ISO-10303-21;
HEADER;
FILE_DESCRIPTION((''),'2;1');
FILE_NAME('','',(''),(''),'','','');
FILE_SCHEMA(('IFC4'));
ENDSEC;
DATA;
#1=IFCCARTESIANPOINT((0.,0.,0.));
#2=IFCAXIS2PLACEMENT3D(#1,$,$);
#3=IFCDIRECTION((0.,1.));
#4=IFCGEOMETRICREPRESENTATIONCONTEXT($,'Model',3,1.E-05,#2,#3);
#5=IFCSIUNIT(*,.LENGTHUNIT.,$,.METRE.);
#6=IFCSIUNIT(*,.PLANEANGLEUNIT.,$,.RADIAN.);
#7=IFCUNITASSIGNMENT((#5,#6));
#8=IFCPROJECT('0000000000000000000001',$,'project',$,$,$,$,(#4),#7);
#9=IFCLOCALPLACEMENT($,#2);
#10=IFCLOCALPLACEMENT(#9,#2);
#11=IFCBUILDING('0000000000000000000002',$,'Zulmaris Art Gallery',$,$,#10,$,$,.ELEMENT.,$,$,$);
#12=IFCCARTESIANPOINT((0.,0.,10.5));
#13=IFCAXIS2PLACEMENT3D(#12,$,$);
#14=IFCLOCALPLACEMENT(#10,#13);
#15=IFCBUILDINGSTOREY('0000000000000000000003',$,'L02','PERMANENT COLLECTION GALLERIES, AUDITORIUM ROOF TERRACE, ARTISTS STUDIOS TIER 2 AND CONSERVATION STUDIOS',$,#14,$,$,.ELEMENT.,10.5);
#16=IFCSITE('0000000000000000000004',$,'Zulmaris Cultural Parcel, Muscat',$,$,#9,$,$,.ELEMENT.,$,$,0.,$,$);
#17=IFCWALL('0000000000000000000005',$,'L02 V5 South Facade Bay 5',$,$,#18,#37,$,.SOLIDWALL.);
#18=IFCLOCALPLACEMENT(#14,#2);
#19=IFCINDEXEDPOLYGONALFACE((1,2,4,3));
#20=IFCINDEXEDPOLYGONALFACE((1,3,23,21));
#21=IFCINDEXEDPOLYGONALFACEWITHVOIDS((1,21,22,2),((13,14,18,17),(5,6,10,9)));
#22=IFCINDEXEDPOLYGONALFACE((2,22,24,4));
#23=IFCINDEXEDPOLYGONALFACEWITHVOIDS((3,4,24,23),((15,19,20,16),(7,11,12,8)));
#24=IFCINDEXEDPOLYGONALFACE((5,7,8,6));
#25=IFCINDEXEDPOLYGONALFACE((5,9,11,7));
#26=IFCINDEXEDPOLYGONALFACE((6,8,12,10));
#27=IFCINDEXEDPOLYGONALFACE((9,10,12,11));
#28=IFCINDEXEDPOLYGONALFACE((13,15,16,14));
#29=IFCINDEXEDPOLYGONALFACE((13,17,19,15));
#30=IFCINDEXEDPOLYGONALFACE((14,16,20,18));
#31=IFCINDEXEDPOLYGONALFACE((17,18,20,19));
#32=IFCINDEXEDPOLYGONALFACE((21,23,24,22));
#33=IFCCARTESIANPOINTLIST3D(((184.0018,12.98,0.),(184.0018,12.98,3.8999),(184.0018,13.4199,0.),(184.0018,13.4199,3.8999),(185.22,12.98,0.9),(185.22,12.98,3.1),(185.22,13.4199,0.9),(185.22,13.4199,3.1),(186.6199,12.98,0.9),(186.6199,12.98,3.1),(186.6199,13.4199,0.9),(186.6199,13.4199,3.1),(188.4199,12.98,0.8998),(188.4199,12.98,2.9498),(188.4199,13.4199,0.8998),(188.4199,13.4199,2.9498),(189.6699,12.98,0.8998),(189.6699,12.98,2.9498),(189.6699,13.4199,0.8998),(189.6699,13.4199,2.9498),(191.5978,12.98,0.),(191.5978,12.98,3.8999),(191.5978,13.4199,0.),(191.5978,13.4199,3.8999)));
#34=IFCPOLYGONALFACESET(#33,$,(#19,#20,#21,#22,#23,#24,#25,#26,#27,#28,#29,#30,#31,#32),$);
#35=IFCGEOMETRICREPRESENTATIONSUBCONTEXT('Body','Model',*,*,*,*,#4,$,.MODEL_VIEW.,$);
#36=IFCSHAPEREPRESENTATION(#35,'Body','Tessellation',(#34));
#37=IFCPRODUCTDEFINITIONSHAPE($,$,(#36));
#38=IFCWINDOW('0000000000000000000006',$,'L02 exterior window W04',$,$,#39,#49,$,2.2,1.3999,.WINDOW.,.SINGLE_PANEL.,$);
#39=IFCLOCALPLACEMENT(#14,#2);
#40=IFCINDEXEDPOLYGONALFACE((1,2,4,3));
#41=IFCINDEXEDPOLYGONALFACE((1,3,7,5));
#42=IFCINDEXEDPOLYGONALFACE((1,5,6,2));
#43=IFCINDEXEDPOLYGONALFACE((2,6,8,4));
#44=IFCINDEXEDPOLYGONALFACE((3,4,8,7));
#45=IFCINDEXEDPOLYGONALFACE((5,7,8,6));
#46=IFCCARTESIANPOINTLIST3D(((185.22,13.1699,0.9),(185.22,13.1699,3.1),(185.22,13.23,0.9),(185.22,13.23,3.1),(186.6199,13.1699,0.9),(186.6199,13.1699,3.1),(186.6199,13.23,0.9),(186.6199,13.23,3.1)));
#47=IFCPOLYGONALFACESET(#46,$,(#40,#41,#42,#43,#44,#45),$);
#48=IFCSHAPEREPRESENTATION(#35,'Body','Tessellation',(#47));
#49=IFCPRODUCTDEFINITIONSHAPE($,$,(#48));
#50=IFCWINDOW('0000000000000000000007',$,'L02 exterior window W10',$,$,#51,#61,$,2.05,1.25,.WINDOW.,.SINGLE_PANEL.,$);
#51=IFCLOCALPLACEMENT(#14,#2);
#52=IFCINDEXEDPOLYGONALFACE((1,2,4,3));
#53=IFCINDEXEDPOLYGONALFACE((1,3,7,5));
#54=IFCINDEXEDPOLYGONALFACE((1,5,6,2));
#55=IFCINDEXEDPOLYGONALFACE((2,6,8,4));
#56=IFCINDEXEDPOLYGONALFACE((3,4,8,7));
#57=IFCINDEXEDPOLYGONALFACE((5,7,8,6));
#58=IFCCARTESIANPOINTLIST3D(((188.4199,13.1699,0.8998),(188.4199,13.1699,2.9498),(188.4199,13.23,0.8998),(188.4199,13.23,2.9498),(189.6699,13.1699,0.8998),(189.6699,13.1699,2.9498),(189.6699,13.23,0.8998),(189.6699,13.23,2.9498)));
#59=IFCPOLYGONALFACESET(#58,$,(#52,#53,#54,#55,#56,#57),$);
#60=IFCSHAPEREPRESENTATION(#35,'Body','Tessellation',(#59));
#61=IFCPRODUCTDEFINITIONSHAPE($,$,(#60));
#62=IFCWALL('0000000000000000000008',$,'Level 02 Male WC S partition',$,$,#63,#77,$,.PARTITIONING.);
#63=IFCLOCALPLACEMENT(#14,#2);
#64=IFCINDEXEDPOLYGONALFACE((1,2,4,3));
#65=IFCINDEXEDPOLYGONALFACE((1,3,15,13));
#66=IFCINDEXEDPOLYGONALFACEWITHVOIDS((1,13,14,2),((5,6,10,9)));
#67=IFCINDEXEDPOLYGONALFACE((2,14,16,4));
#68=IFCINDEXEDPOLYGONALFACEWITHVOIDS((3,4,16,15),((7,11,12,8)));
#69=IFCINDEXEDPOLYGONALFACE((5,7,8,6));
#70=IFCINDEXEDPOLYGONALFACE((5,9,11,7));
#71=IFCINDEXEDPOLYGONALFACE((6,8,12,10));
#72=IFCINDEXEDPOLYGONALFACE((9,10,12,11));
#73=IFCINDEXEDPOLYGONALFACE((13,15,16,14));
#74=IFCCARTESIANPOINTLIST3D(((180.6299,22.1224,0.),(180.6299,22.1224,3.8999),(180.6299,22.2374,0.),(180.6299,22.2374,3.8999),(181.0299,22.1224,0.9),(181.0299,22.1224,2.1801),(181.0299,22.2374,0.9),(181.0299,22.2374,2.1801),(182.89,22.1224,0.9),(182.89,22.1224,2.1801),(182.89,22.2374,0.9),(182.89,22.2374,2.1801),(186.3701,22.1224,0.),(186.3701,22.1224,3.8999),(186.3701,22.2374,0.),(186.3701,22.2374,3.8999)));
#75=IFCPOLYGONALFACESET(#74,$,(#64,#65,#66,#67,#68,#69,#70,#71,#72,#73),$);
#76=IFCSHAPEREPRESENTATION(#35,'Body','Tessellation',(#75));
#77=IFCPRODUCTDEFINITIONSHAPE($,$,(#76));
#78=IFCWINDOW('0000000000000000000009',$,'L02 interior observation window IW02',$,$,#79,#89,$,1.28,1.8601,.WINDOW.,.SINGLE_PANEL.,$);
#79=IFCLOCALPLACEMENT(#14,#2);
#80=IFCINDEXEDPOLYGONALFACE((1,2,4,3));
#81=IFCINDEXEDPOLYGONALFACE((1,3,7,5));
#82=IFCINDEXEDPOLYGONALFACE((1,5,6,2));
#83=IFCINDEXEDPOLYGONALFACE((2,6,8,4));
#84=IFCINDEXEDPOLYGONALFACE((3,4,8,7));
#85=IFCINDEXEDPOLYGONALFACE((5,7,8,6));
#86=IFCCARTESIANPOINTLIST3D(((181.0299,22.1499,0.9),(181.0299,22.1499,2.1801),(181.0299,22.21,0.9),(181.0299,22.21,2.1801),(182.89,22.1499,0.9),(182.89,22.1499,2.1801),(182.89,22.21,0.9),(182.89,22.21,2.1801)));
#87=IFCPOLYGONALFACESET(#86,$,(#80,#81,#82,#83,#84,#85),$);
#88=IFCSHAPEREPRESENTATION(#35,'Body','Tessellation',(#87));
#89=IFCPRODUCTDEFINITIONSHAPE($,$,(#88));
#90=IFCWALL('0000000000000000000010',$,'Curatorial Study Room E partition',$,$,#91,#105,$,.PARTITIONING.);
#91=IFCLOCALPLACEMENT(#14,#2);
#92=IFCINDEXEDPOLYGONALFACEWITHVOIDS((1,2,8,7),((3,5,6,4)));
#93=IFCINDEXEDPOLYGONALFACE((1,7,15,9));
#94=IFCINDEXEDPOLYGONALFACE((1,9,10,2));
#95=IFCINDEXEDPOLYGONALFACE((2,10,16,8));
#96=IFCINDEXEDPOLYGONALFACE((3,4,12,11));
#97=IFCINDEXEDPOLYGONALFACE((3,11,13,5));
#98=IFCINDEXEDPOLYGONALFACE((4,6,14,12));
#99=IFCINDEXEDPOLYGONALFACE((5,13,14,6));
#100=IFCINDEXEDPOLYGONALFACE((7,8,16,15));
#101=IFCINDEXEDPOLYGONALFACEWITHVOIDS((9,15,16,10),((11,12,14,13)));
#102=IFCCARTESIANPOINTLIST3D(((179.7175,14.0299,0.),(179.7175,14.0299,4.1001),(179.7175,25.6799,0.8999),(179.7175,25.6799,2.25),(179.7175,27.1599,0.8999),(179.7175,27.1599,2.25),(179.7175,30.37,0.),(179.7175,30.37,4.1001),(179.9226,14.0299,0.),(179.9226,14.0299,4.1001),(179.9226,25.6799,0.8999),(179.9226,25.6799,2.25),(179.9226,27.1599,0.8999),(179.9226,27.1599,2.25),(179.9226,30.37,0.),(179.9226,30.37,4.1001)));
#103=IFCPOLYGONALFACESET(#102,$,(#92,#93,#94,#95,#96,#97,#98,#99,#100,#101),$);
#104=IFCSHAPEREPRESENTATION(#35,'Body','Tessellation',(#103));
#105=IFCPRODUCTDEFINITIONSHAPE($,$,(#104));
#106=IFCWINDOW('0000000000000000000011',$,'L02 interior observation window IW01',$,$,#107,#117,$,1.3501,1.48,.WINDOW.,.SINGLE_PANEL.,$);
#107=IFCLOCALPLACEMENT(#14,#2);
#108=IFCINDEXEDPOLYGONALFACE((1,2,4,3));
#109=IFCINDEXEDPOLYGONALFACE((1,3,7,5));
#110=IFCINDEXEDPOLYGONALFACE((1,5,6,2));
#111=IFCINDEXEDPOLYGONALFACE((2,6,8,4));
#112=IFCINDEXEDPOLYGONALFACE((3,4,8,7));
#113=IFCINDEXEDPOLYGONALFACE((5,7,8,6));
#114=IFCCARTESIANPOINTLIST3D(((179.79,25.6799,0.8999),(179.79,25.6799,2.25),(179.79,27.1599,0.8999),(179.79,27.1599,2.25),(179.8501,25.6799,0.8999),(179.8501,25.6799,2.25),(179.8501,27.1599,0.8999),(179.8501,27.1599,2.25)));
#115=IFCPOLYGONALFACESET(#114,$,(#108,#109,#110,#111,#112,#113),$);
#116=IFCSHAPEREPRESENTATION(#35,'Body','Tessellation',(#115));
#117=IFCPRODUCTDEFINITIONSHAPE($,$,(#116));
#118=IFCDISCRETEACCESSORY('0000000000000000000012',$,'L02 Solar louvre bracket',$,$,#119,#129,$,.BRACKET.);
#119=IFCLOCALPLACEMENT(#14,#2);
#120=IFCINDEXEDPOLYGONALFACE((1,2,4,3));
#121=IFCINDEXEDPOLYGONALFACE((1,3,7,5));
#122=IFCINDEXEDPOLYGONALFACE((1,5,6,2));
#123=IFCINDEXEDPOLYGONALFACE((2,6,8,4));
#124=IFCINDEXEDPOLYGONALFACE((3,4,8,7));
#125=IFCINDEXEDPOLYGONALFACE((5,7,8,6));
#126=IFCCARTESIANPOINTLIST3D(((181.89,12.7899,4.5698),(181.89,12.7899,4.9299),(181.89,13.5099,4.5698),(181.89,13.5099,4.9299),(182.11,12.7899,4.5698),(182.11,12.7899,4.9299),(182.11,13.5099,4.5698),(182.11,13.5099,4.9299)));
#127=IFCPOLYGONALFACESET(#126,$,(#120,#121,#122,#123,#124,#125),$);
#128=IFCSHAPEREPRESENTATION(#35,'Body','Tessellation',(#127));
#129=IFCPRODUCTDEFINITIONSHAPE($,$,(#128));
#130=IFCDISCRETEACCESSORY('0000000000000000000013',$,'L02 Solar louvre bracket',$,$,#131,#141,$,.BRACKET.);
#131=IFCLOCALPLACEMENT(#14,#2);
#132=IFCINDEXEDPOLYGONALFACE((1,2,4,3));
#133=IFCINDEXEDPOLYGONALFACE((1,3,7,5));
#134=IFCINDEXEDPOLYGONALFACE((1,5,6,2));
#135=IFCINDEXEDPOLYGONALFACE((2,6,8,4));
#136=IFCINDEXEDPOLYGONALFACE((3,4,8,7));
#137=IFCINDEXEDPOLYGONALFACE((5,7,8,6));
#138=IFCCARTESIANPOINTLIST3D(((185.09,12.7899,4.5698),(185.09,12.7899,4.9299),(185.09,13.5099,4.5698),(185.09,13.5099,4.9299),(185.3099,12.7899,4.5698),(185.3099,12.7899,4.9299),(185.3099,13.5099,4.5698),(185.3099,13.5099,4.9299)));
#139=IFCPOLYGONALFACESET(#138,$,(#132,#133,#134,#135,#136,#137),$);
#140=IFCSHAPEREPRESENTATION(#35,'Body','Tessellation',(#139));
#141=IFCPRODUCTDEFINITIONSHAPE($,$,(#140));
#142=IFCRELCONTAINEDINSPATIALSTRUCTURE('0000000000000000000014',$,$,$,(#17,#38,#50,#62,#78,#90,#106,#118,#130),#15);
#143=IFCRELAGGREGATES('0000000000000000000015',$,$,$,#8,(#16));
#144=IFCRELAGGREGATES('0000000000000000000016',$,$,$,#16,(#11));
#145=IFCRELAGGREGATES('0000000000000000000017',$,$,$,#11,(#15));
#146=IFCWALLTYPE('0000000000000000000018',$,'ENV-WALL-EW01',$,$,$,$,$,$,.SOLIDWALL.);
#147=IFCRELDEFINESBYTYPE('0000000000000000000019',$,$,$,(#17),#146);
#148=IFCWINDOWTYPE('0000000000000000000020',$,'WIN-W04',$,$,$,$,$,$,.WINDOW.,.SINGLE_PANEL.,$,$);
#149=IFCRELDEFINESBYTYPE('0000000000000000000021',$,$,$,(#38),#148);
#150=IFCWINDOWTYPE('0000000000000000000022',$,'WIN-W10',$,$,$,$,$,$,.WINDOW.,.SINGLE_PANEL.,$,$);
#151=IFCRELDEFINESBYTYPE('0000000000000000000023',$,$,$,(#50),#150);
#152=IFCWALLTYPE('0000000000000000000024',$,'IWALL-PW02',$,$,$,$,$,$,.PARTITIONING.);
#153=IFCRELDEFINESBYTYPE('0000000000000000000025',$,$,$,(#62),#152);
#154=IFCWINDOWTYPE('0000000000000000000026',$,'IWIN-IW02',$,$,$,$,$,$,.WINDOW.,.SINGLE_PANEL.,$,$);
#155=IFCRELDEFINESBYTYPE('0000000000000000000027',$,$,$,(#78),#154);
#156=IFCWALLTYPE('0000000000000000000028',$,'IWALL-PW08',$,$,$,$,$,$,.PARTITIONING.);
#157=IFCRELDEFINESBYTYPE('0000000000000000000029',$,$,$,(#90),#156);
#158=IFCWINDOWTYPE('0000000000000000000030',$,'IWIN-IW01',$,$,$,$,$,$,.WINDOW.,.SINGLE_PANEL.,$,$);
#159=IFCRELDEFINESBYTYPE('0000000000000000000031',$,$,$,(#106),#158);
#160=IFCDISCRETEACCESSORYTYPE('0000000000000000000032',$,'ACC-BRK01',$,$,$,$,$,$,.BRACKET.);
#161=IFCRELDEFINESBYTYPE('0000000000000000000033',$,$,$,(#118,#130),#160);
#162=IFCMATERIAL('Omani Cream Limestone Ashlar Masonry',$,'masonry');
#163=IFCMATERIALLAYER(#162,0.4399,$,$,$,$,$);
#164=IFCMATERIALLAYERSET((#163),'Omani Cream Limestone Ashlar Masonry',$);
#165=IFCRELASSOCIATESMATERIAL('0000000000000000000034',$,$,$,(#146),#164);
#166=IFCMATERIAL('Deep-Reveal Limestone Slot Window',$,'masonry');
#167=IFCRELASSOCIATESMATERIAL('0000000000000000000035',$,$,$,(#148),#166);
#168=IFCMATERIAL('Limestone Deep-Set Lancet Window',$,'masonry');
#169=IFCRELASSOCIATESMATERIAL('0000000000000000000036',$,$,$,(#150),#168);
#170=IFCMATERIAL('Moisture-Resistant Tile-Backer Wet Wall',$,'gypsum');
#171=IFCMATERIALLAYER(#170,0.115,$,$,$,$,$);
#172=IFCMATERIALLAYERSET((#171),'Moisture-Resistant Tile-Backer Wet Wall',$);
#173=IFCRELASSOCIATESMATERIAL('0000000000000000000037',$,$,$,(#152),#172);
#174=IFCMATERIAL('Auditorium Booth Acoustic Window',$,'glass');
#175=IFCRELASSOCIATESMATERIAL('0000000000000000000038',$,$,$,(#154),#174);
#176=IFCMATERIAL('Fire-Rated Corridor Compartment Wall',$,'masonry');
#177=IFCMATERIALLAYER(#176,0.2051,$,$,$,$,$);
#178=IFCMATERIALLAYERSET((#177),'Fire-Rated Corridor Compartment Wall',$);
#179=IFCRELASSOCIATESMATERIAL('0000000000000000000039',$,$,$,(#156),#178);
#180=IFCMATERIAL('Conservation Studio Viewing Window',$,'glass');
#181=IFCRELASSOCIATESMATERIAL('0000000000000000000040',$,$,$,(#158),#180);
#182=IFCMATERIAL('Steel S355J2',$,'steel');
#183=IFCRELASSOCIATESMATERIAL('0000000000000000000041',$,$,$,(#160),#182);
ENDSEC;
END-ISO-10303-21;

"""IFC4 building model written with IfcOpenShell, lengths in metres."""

from ifc_helpers import new_model, si_unit, direction, frame, frame_2d, origin, origin_2d, place, context, subcontext, project, spatial, rectangle, extrude, material, layer, layer_set, type_object, element, fill, save


model = new_model("IFC4")

# Units and contexts
model_context = context("Model", 3, precision=1e-05, world=origin(), true_north=direction((0.0, 1.0)))
body_context = subcontext(model_context, "Body", "Model", "MODEL_VIEW")
ifc_project = project(units=[si_unit("LENGTHUNIT", "METRE"), si_unit("PLANEANGLEUNIT", "RADIAN")], contexts=[model_context])

# Site, building, storey
site_placement = place(None, origin())
site = spatial("IfcSite", under=ifc_project, at=site_placement, Name="Zulmaris Cultural Parcel, Muscat", CompositionType="ELEMENT", RefElevation=0.0)
building_placement = place(site_placement, origin())
building = spatial("IfcBuilding", under=site, at=building_placement, Name="Zulmaris Art Gallery", CompositionType="ELEMENT")
storey_placement = place(building_placement, frame((0.0, 0.0, 10.5)))
storey = spatial("IfcBuildingStorey", under=building, at=storey_placement, Name="L02", Description="PERMANENT COLLECTION GALLERIES, AUDITORIUM ROOF TERRACE, ARTISTS STUDIOS TIER 2 AND CONSERVATION STUDIOS", CompositionType="ELEMENT", Elevation=10.5)

# Shared definitions
ifc_material_1 = material(Name="Steel S355J2", Category="steel")

# Wall, openings, windows
ifc_material_2 = material(Name="Omani Cream Limestone Ashlar Masonry", Category="masonry")
ifc_layer_1 = layer(ifc_material_2, 0.4399)
ifc_layer_set_1 = layer_set([ifc_layer_1], Name="Omani Cream Limestone Ashlar Masonry")
wall_type_1 = type_object("IfcWallType", Name="ENV-WALL-EW01", PredefinedType="SOLIDWALL", material=ifc_layer_set_1)
wall_1_placement = place(storey_placement, frame((184.002, 13.2, 0.0), z_axis=(0.0, 0.0, 1.0), x_axis=(1.0, 0.0, 0.0)))
wall_1 = element("IfcWall", 1, at=wall_1_placement, inside=storey, type_object=wall_type_1, Name="L02 V5 South Facade Bay 5", PredefinedType="SOLIDWALL", context=body_context, shape_type="SweptSolid", body=[
    extrude(rectangle(XDim=7.5959, YDim=0.4399, at=frame_2d((3.7979, 0.0))), origin(), (0.0, 0.0, 1.0), 3.8999),
])
opening_1_placement = place(wall_1_placement, frame((1.218, 0.0, 0.8999)))
opening_1 = element("IfcOpeningElement", 2, at=opening_1_placement, cuts=wall_1, PredefinedType="OPENING", context=body_context, shape_type="SweptSolid", body=[
    extrude(rectangle(XDim=1.3999, YDim=2.2, at=frame_2d((0.7, 1.1001))), frame((0.0, 0.23, 0.0), z_axis=(0.0, -1.0, 0.0), x_axis=(1.0, 0.0, 0.0)), (0.0, 0.0, 1.0), 0.46),
])
opening_2_placement = place(wall_1_placement, frame((4.418, 0.0, 0.8999)))
opening_2 = element("IfcOpeningElement", 3, at=opening_2_placement, cuts=wall_1, PredefinedType="OPENING", context=body_context, shape_type="SweptSolid", body=[
    extrude(rectangle(XDim=1.25, YDim=2.05, at=frame_2d((0.625, 1.0249))), frame((0.0, 0.23, 0.0), z_axis=(0.0, -1.0, 0.0), x_axis=(1.0, 0.0, 0.0)), (0.0, 0.0, 1.0), 0.46),
])
ifc_material_3 = material(Name="Deep-Reveal Limestone Slot Window", Category="masonry")
window_type_1 = type_object("IfcWindowType", Name="WIN-W04", PartitioningType="SINGLE_PANEL", PredefinedType="WINDOW", material=ifc_material_3)
window_1_placement = place(opening_1_placement, origin())
window_1 = element("IfcWindow", 4, at=window_1_placement, inside=storey, type_object=window_type_1, Name="L02 exterior window W04", OverallHeight=2.2, OverallWidth=1.3999, PartitioningType="SINGLE_PANEL", PredefinedType="WINDOW", context=body_context, shape_type="SweptSolid", body=[
    extrude(rectangle(XDim=1.3999, YDim=2.2, at=frame_2d((0.7, 1.1001))), frame((0.0, 0.03, 0.0), z_axis=(0.0, -1.0, 0.0), x_axis=(1.0, 0.0, 0.0)), (0.0, 0.0, 1.0), 0.0601),
])
fill(opening_1, window_1)
ifc_material_4 = material(Name="Limestone Deep-Set Lancet Window", Category="masonry")
window_type_2 = type_object("IfcWindowType", Name="WIN-W10", PartitioningType="SINGLE_PANEL", PredefinedType="WINDOW", material=ifc_material_4)
window_2_placement = place(opening_2_placement, origin())
window_2 = element("IfcWindow", 5, at=window_2_placement, inside=storey, type_object=window_type_2, Name="L02 exterior window W10", OverallHeight=2.05, OverallWidth=1.25, PartitioningType="SINGLE_PANEL", PredefinedType="WINDOW", context=body_context, shape_type="SweptSolid", body=[
    extrude(rectangle(XDim=1.25, YDim=2.05, at=frame_2d((0.625, 1.0249))), frame((0.0, 0.03, 0.0), z_axis=(0.0, -1.0, 0.0), x_axis=(1.0, 0.0, 0.0)), (0.0, 0.0, 1.0), 0.0601),
])
fill(opening_2, window_2)

# Walls, openings, windows
ifc_material_5 = material(Name="Moisture-Resistant Tile-Backer Wet Wall", Category="gypsum")
ifc_layer_2 = layer(ifc_material_5, 0.115)
ifc_layer_set_2 = layer_set([ifc_layer_2], Name="Moisture-Resistant Tile-Backer Wet Wall")
wall_type_2 = type_object("IfcWallType", Name="IWALL-PW02", PredefinedType="PARTITIONING", material=ifc_layer_set_2)
wall_2_placement = place(storey_placement, frame((180.6299, 22.1799, 0.0), z_axis=(0.0, 0.0, 1.0), x_axis=(1.0, 0.0, 0.0)))
wall_2 = element("IfcWall", 6, at=wall_2_placement, inside=storey, type_object=wall_type_2, Name="Level 02 Male WC S partition", PredefinedType="PARTITIONING", context=body_context, shape_type="SweptSolid", body=[
    extrude(rectangle(XDim=5.7402, YDim=0.115, at=frame_2d((2.8701, 0.0))), origin(), (0.0, 0.0, 1.0), 3.8999),
])
opening_3_placement = place(wall_2_placement, frame((0.3999, 0.0, 0.8999)))
opening_3 = element("IfcOpeningElement", 7, at=opening_3_placement, cuts=wall_2, PredefinedType="OPENING", context=body_context, shape_type="SweptSolid", body=[
    extrude(rectangle(XDim=1.8601, YDim=1.28, at=frame_2d((0.9302, 0.6401))), frame((0.0, 0.0674, 0.0), z_axis=(0.0, -1.0, 0.0), x_axis=(1.0, 0.0, 0.0)), (0.0, 0.0, 1.0), 0.135),
])
ifc_material_6 = material(Name="Auditorium Booth Acoustic Window", Category="glass")
window_type_3 = type_object("IfcWindowType", Name="IWIN-IW02", PartitioningType="SINGLE_PANEL", PredefinedType="WINDOW", material=ifc_material_6)
window_3_placement = place(opening_3_placement, origin())
window_3 = element("IfcWindow", 8, at=window_3_placement, inside=storey, type_object=window_type_3, Name="L02 interior observation window IW02", OverallHeight=1.28, OverallWidth=1.8601, PartitioningType="SINGLE_PANEL", PredefinedType="WINDOW", context=body_context, shape_type="SweptSolid", body=[
    extrude(rectangle(XDim=1.8601, YDim=1.28, at=frame_2d((0.9302, 0.6401))), frame((0.0, 0.03, 0.0), z_axis=(0.0, -1.0, 0.0), x_axis=(1.0, 0.0, 0.0)), (0.0, 0.0, 1.0), 0.0601),
])
fill(opening_3, window_3)
ifc_material_7 = material(Name="Fire-Rated Corridor Compartment Wall", Category="masonry")
ifc_layer_3 = layer(ifc_material_7, 0.2051)
ifc_layer_set_3 = layer_set([ifc_layer_3], Name="Fire-Rated Corridor Compartment Wall")
wall_type_3 = type_object("IfcWallType", Name="IWALL-PW08", PredefinedType="PARTITIONING", material=ifc_layer_set_3)
wall_3_placement = place(storey_placement, frame((179.8201, 14.03, 0.0), z_axis=(0.0, 0.0, 1.0), x_axis=(0.0, 1.0, 0.0)))
wall_3 = element("IfcWall", 9, at=wall_3_placement, inside=storey, type_object=wall_type_3, Name="Curatorial Study Room E partition", PredefinedType="PARTITIONING", context=body_context, shape_type="SweptSolid", body=[
    extrude(rectangle(XDim=16.3401, YDim=0.2051, at=frame_2d((8.1699, 0.0))), origin(), (0.0, 0.0, 1.0), 4.1001),
])
opening_4_placement = place(wall_3_placement, frame((11.6499, 0.0, 0.8999)))
opening_4 = element("IfcOpeningElement", 10, at=opening_4_placement, cuts=wall_3, PredefinedType="OPENING", context=body_context, shape_type="SweptSolid", body=[
    extrude(rectangle(XDim=1.48, YDim=1.3501, at=frame_2d((0.74, 0.675))), frame((0.0, 0.1125, 0.0), z_axis=(0.0, -1.0, 0.0), x_axis=(1.0, 0.0, 0.0)), (0.0, 0.0, 1.0), 0.2251),
])
ifc_material_8 = material(Name="Conservation Studio Viewing Window", Category="glass")
window_type_4 = type_object("IfcWindowType", Name="IWIN-IW01", PartitioningType="SINGLE_PANEL", PredefinedType="WINDOW", material=ifc_material_8)
window_4_placement = place(opening_4_placement, origin())
window_4 = element("IfcWindow", 11, at=window_4_placement, inside=storey, type_object=window_type_4, Name="L02 interior observation window IW01", OverallHeight=1.3501, OverallWidth=1.48, PartitioningType="SINGLE_PANEL", PredefinedType="WINDOW", context=body_context, shape_type="SweptSolid", body=[
    extrude(rectangle(XDim=1.48, YDim=1.3501, at=frame_2d((0.74, 0.675))), frame((0.0, 0.03, 0.0), z_axis=(0.0, -1.0, 0.0), x_axis=(1.0, 0.0, 0.0)), (0.0, 0.0, 1.0), 0.0601),
])
fill(opening_4, window_4)

# Discrete accessories
discrete_accessory_type = type_object("IfcDiscreteAccessoryType", Name="ACC-BRK01", PredefinedType="BRACKET", material=ifc_material_1)
for number, where, z_axis, x_axis, name in (
    (12, (182.0, 13.1499, 4.5698), (0.0, 0.0, 1.0), (1.0, 0.0, 0.0), "L02 Solar louvre bracket"),
    (13, (185.2, 13.1499, 4.5698), (0.0, 0.0, 1.0), (1.0, 0.0, 0.0), "L02 Solar louvre bracket"),
):
    element("IfcDiscreteAccessory", number, at=place(storey_placement, frame(where, z_axis=z_axis, x_axis=x_axis)), inside=storey, type_object=discrete_accessory_type, Name=name, PredefinedType="BRACKET", context=body_context, shape_type="SweptSolid", body=[
        extrude(rectangle(XDim=0.22, YDim=0.72, at=origin_2d()), origin(), (0.0, 0.0, 1.0), 0.3601),
    ])

save(model, "model.ifc")
